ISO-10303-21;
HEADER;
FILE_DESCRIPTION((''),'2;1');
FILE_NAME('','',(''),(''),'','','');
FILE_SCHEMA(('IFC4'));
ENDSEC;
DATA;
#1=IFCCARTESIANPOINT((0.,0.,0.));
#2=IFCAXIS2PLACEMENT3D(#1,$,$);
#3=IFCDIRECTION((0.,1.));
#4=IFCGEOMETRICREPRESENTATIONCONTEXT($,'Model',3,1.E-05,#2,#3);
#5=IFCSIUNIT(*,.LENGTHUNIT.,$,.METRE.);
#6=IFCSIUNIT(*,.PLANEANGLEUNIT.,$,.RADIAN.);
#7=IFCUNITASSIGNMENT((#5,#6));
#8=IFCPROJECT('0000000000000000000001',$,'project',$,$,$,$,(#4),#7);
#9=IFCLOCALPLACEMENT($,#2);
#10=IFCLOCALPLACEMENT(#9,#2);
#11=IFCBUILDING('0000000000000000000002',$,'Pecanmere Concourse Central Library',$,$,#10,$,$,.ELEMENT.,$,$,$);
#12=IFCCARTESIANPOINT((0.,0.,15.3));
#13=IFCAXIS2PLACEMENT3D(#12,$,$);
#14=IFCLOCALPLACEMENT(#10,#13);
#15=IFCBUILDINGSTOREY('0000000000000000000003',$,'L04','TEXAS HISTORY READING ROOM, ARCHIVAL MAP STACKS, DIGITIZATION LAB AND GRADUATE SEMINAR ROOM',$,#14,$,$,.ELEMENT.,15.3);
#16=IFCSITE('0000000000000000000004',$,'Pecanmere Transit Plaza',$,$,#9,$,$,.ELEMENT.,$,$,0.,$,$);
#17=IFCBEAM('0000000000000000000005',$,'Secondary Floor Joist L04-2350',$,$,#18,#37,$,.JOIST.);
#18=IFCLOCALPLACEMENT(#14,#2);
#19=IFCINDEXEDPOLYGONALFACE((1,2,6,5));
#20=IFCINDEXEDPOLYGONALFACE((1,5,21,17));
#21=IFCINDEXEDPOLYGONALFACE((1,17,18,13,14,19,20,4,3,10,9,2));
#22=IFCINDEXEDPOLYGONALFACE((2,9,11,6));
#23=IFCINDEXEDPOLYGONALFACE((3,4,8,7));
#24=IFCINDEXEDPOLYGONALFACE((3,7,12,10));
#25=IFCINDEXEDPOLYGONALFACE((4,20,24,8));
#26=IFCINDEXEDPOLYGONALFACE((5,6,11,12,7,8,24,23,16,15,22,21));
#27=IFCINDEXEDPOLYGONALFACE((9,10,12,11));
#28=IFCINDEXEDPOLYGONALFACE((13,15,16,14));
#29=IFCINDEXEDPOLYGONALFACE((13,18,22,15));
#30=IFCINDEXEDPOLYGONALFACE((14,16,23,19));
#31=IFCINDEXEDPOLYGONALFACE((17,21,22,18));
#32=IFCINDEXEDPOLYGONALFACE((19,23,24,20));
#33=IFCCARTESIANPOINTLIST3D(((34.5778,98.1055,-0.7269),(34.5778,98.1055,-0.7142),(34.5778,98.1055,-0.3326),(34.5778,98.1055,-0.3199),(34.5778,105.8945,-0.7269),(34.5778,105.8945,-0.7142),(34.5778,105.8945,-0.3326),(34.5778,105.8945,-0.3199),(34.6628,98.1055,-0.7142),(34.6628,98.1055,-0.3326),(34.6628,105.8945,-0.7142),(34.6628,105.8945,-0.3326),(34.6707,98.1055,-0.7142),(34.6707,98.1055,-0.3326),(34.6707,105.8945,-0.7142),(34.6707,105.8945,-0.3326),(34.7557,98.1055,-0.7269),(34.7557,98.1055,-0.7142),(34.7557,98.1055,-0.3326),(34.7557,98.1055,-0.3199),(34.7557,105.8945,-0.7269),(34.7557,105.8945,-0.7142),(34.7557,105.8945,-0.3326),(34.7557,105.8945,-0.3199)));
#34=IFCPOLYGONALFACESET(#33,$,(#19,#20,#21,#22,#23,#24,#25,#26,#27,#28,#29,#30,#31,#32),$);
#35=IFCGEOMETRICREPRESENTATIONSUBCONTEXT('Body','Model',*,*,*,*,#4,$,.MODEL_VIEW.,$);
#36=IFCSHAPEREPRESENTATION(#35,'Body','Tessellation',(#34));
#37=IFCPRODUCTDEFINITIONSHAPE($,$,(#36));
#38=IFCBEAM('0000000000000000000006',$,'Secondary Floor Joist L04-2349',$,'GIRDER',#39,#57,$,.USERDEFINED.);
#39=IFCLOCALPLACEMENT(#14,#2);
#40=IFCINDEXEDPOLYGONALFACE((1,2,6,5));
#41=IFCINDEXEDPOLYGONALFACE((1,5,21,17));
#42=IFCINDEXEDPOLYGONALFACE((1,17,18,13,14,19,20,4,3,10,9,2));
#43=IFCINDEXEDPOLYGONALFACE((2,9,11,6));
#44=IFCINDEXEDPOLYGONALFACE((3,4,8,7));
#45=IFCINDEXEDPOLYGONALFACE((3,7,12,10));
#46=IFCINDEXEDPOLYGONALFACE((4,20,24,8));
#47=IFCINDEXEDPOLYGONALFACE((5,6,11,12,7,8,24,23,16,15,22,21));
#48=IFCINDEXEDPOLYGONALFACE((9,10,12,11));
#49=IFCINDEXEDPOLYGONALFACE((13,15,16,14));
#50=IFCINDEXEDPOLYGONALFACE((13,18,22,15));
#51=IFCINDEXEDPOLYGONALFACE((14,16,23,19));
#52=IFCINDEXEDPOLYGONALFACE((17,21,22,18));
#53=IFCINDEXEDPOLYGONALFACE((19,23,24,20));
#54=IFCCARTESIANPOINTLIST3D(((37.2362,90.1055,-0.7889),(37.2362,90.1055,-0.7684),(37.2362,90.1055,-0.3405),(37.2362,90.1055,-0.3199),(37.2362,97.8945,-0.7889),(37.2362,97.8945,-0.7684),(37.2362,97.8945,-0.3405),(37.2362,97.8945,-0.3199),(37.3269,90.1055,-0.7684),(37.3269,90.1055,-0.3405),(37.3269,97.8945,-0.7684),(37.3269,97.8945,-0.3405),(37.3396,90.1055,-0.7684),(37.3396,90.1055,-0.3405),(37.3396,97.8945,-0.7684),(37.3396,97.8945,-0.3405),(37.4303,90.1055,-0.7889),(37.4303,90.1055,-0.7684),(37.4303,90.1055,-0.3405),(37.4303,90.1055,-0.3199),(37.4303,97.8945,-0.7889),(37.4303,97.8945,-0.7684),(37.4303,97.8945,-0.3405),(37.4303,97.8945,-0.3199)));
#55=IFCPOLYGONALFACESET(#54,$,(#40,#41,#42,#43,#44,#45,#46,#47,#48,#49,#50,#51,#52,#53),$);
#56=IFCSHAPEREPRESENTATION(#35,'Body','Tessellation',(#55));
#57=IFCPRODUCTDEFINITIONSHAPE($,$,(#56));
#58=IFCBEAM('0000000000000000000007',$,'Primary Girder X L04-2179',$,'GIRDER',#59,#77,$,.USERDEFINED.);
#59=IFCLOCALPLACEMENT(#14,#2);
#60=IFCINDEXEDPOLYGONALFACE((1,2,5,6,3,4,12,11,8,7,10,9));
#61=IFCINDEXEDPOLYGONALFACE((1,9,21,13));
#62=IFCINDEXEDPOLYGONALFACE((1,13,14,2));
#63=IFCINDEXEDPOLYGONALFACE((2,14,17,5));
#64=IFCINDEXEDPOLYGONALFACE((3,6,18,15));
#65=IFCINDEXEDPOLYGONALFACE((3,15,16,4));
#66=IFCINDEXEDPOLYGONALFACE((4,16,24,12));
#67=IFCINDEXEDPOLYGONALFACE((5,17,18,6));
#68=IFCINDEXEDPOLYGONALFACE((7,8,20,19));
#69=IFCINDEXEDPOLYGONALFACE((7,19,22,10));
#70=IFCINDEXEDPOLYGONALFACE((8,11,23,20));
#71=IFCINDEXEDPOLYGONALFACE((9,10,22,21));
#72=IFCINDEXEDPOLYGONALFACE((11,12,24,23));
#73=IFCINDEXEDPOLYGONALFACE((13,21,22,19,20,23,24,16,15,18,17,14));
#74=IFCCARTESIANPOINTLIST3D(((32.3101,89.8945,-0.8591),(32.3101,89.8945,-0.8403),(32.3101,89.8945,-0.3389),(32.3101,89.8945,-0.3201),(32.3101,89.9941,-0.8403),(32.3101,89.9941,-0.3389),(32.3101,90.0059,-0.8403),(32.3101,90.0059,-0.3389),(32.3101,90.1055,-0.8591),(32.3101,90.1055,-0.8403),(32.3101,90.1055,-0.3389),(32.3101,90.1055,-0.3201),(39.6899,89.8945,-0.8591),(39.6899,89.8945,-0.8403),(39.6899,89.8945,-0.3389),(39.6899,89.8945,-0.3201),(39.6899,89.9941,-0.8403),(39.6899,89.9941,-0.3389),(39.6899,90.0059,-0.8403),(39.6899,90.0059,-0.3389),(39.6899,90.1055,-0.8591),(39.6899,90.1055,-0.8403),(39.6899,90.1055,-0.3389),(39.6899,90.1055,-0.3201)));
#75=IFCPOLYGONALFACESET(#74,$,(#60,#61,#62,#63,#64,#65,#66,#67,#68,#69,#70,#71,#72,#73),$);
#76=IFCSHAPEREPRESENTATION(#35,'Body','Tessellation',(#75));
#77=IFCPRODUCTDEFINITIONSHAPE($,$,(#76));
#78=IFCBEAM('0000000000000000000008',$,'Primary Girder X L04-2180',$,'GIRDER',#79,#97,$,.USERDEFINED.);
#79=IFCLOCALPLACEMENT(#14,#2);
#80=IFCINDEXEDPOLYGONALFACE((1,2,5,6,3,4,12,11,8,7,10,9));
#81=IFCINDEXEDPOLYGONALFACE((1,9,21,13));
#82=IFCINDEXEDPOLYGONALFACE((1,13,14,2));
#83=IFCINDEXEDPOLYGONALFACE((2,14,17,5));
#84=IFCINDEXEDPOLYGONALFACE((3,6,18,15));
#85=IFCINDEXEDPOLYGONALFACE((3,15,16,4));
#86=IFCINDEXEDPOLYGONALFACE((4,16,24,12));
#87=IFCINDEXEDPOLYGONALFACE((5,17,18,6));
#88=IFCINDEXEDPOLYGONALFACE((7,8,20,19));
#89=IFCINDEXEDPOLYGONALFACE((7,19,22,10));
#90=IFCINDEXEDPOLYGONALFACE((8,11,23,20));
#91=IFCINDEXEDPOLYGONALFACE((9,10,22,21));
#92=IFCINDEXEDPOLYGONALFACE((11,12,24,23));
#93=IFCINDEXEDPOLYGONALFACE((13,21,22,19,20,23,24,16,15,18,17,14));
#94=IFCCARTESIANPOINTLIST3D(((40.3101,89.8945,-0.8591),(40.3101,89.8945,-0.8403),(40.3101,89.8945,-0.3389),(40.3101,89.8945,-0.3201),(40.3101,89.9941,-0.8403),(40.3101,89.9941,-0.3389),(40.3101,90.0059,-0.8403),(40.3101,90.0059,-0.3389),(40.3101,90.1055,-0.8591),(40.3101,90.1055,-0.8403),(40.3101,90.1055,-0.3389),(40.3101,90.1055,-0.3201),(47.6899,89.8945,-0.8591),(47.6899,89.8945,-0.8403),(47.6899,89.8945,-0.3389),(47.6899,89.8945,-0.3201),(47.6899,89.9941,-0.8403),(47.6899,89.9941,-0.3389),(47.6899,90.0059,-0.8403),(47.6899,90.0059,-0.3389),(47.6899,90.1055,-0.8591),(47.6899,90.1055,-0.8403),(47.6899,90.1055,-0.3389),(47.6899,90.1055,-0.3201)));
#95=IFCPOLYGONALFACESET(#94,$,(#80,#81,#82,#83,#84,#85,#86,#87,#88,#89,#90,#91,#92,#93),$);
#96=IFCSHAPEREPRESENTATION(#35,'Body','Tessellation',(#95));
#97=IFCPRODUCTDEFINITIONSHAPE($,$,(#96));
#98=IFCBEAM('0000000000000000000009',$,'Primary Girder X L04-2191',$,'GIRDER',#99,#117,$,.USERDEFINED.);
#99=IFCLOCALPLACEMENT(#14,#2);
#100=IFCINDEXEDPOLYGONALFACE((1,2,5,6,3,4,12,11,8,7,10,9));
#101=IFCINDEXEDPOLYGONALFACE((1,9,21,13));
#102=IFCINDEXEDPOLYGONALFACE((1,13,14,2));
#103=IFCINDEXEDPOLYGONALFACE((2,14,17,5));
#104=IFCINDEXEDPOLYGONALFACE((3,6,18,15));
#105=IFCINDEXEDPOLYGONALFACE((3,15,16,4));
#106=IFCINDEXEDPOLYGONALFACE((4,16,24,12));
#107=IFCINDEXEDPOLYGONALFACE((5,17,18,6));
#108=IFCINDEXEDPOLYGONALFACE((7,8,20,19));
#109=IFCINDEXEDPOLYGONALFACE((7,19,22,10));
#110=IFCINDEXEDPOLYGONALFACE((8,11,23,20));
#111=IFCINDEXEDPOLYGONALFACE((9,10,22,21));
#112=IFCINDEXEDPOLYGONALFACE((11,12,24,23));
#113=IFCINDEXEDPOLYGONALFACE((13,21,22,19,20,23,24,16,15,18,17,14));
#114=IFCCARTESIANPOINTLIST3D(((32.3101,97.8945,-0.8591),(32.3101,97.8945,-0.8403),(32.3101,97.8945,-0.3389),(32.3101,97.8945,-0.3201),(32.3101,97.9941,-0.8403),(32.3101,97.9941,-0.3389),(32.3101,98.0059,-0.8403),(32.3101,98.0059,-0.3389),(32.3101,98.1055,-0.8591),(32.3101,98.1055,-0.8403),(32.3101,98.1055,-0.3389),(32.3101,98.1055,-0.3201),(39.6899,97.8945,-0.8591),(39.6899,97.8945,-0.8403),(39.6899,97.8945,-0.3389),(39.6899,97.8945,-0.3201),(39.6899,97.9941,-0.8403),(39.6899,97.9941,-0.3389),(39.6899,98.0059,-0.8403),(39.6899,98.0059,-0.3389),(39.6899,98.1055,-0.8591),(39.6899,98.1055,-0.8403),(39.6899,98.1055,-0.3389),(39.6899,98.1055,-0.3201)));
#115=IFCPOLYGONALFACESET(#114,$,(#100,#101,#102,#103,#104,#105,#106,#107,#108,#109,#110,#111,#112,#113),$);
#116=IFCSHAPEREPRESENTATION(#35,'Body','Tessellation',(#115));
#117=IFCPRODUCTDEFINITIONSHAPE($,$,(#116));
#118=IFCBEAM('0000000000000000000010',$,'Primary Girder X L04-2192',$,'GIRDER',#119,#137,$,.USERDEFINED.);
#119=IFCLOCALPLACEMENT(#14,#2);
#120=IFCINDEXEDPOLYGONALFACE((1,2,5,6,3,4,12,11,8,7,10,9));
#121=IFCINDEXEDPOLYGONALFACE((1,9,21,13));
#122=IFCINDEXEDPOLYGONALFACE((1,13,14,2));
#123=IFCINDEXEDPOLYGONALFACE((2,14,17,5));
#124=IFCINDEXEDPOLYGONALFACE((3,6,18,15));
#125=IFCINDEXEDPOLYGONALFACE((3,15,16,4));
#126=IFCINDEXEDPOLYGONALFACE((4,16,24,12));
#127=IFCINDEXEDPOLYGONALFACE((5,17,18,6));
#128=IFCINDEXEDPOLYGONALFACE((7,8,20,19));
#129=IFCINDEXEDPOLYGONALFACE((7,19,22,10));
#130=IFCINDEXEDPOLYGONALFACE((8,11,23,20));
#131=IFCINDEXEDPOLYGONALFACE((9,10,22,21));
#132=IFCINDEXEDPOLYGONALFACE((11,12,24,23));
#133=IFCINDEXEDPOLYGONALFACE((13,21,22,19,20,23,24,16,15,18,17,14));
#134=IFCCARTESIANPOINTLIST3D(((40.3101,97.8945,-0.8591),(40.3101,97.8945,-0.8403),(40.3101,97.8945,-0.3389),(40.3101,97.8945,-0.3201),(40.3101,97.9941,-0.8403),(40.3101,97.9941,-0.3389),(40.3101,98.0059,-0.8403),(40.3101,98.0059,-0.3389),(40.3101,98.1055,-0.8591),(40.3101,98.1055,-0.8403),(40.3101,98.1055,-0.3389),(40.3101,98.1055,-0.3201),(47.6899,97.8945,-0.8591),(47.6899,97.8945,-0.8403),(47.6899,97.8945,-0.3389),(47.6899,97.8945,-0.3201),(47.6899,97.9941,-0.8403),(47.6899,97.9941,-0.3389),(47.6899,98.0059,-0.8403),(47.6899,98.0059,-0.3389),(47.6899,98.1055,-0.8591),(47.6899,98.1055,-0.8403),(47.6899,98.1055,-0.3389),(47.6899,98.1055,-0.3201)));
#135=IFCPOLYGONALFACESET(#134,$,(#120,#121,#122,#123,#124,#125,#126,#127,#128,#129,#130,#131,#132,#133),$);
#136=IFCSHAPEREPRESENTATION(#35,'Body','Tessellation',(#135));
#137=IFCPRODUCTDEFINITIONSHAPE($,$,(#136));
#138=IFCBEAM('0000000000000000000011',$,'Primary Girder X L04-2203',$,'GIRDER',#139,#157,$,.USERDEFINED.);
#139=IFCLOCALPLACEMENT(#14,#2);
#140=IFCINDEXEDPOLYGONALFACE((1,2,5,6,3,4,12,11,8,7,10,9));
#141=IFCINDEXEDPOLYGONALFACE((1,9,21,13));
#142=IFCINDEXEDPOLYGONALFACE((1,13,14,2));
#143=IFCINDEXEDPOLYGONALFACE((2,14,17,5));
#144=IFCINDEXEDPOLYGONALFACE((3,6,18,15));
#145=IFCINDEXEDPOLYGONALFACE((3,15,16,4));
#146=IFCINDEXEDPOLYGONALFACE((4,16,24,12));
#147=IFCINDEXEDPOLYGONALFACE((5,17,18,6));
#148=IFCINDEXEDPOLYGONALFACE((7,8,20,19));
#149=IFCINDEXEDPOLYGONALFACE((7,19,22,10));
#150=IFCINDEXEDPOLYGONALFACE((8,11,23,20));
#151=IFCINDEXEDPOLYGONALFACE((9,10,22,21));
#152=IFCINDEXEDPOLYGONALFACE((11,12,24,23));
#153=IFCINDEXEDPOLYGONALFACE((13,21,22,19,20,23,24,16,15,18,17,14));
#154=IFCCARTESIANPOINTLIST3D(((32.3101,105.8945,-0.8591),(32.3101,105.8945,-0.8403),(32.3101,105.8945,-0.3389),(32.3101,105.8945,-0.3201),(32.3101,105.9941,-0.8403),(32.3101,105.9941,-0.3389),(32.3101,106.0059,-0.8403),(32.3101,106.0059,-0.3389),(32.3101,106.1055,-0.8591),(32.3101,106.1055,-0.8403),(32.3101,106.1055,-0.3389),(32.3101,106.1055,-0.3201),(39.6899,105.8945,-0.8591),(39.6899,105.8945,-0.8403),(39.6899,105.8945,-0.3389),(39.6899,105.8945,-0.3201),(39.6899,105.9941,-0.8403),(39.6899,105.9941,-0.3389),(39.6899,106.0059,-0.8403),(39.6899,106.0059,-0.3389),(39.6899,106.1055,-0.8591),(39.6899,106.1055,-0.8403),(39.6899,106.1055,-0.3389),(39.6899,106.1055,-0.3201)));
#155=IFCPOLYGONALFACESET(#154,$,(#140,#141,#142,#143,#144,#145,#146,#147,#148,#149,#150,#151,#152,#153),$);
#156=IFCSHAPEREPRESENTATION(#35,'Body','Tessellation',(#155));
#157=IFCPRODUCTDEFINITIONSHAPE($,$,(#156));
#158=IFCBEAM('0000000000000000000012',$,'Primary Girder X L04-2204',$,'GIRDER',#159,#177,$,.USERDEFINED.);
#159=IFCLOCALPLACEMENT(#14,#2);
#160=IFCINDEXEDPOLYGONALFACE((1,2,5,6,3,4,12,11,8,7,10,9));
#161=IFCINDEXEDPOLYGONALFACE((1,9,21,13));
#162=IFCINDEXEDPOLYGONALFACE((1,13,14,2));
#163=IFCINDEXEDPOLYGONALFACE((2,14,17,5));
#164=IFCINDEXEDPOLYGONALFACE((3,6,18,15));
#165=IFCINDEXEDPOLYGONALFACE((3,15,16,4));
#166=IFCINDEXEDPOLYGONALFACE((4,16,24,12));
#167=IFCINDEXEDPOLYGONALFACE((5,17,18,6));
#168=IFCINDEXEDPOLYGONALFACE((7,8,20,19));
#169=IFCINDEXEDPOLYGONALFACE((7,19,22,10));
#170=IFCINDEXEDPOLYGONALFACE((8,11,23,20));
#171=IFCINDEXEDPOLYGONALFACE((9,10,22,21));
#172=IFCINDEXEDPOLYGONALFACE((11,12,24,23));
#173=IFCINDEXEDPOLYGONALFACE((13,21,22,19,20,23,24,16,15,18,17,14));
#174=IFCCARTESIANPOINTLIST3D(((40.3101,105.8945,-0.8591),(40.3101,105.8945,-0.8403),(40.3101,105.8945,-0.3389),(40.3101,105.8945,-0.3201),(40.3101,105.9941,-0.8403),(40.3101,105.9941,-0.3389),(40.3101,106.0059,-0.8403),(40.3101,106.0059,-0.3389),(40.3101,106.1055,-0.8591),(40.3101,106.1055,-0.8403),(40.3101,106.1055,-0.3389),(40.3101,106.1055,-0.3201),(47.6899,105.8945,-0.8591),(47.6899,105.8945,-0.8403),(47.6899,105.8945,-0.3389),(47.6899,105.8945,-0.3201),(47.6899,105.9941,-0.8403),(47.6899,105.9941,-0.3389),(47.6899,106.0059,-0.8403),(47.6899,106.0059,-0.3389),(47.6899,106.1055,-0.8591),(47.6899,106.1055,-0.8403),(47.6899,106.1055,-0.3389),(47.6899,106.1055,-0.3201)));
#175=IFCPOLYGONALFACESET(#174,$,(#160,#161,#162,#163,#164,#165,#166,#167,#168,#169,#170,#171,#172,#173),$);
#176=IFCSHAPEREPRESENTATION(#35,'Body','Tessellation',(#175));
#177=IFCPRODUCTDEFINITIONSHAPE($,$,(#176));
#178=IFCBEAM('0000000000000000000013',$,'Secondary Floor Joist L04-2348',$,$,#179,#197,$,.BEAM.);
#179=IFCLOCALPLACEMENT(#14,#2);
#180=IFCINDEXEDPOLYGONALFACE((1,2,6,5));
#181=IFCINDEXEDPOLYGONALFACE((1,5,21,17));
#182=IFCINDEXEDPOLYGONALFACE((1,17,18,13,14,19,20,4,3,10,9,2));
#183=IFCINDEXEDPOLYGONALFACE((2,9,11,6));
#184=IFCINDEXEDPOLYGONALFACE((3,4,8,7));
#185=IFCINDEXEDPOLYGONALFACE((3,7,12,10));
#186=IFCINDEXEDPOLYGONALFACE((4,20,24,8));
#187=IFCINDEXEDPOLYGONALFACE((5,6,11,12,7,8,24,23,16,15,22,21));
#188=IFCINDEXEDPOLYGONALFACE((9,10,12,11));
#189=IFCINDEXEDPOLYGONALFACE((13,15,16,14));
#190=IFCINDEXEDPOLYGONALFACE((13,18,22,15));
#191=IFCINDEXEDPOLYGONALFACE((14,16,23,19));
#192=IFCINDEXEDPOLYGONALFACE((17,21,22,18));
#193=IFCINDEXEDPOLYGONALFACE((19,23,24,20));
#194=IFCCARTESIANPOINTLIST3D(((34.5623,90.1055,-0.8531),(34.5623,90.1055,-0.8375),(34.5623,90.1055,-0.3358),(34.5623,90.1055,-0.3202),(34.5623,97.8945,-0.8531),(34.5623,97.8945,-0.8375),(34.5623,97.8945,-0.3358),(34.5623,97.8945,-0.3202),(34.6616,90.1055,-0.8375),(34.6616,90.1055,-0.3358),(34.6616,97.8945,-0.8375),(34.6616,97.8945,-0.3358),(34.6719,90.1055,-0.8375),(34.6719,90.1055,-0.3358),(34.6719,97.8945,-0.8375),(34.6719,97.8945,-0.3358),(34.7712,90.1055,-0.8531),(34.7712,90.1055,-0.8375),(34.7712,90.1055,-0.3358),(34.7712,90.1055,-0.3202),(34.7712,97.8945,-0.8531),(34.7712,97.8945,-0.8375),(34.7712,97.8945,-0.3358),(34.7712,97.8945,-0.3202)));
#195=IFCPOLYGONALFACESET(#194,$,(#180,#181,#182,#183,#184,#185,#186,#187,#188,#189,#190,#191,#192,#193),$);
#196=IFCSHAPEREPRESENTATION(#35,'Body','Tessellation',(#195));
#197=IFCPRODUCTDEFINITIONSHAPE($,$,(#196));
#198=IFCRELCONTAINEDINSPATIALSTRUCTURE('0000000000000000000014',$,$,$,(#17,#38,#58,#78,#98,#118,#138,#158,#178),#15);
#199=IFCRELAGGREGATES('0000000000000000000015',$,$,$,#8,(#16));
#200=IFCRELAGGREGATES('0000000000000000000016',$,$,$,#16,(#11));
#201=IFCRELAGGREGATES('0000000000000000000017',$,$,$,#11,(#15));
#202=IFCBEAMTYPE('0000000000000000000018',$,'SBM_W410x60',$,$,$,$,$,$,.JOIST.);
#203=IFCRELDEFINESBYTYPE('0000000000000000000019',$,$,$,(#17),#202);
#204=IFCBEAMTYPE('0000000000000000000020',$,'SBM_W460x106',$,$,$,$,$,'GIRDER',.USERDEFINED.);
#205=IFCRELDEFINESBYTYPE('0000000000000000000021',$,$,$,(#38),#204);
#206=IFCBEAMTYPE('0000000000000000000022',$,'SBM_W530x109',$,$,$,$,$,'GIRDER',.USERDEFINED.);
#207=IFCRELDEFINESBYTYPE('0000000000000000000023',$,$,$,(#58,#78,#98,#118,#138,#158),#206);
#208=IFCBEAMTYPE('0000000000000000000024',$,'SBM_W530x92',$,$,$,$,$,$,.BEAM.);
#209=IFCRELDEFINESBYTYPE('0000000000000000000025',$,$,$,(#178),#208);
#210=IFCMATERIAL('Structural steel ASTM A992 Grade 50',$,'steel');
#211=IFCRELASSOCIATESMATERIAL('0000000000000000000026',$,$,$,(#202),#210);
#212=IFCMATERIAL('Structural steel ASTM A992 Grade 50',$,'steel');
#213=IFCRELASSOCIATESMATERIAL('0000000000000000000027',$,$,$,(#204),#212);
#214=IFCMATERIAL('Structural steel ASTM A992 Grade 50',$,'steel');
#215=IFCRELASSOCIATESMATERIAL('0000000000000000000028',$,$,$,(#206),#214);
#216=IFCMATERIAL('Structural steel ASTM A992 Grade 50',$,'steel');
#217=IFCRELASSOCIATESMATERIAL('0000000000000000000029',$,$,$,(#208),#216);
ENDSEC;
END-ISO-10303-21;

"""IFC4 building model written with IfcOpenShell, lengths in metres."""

from ifc_helpers import new_model, si_unit, direction, frame, origin, origin_2d, place, context, subcontext, project, spatial, i_section, extrude, material, material_profile, profile_set, type_object, element, save


model = new_model("IFC4")

# Units and contexts
model_context = context("Model", 3, precision=1e-05, world=origin(), true_north=direction((0.0, 1.0)))
body_context = subcontext(model_context, "Body", "Model", "MODEL_VIEW")
ifc_project = project(units=[si_unit("LENGTHUNIT", "METRE"), si_unit("PLANEANGLEUNIT", "RADIAN")], contexts=[model_context])

# Site, building, storey
site_placement = place(None, origin())
site = spatial("IfcSite", under=ifc_project, at=site_placement, Name="Pecanmere Transit Plaza", CompositionType="ELEMENT", RefElevation=0.0)
building_placement = place(site_placement, origin())
building = spatial("IfcBuilding", under=site, at=building_placement, Name="Pecanmere Concourse Central Library", CompositionType="ELEMENT")
storey_placement = place(building_placement, frame((0.0, 0.0, 15.3)))
storey = spatial("IfcBuildingStorey", under=building, at=storey_placement, Name="L04", Description="TEXAS HISTORY READING ROOM, ARCHIVAL MAP STACKS, DIGITIZATION LAB AND GRADUATE SEMINAR ROOM", CompositionType="ELEMENT", Elevation=15.3)

# Beams
ifc_material_1 = material(Name="Structural steel ASTM A992 Grade 50", Category="steel")
ifc_material_profile_1 = material_profile(ifc_material_1, i_section(OverallWidth=0.178, OverallDepth=0.407, WebThickness=0.0078, FlangeThickness=0.0127, at=origin_2d()), Name="W410x60")
ifc_profile_set_1 = profile_set([ifc_material_profile_1], Name="Structural steel ASTM A992 Grade 50")
beam_type_1 = type_object("IfcBeamType", Name="SBM_W410x60", PredefinedType="JOIST", material=ifc_profile_set_1)
beam_1_placement = place(storey_placement, frame((34.6667, 98.1055, -0.5234), z_axis=(0.0, 1.0, 0.0), x_axis=(-1.0, 0.0, 0.0)))
element("IfcBeam", 1, at=beam_1_placement, inside=storey, type_object=beam_type_1, Name="Secondary Floor Joist L04-2350", PredefinedType="JOIST", context=body_context, shape_type="SweptSolid", body=[
    extrude(i_section(OverallWidth=0.178, OverallDepth=0.407, WebThickness=0.0078, FlangeThickness=0.0127, at=origin_2d()), origin(), (0.0, 0.0, 1.0), 7.7891),
])
ifc_material_2 = material(Name="Structural steel ASTM A992 Grade 50", Category="steel")
ifc_material_profile_2 = material_profile(ifc_material_2, i_section(OverallWidth=0.1941, OverallDepth=0.469, WebThickness=0.0127, FlangeThickness=0.0205, at=origin_2d()), Name="W460x106")
ifc_profile_set_2 = profile_set([ifc_material_profile_2], Name="Structural steel ASTM A992 Grade 50")
beam_type_2 = type_object("IfcBeamType", Name="SBM_W460x106", ElementType="GIRDER", PredefinedType="USERDEFINED", material=ifc_profile_set_2)
beam_2_placement = place(storey_placement, frame((37.3333, 90.1055, -0.5544), z_axis=(0.0, 1.0, 0.0), x_axis=(-1.0, 0.0, 0.0)))
element("IfcBeam", 2, at=beam_2_placement, inside=storey, type_object=beam_type_2, Name="Secondary Floor Joist L04-2349", ObjectType="GIRDER", PredefinedType="USERDEFINED", context=body_context, shape_type="SweptSolid", body=[
    extrude(i_section(OverallWidth=0.1941, OverallDepth=0.469, WebThickness=0.0127, FlangeThickness=0.0205, at=origin_2d()), origin(), (0.0, 0.0, 1.0), 7.7891),
])
ifc_material_3 = material(Name="Structural steel ASTM A992 Grade 50", Category="steel")
ifc_material_profile_3 = material_profile(ifc_material_3, i_section(OverallWidth=0.2109, OverallDepth=0.5391, WebThickness=0.0117, FlangeThickness=0.0188, at=origin_2d()), Name="W530x109")
ifc_profile_set_3 = profile_set([ifc_material_profile_3], Name="Structural steel ASTM A992 Grade 50")
beam_type_3 = type_object("IfcBeamType", Name="SBM_W530x109", ElementType="GIRDER", PredefinedType="USERDEFINED", material=ifc_profile_set_3)
for number, where, z_axis, x_axis, name in (
    (3, (32.3101, 90.0, -0.5896), (1.0, 0.0, 0.0), (0.0, 1.0, 0.0), "Primary Girder X L04-2179"),
    (4, (40.3101, 90.0, -0.5896), (1.0, 0.0, 0.0), (0.0, 1.0, 0.0), "Primary Girder X L04-2180"),
    (5, (32.3101, 98.0, -0.5896), (1.0, 0.0, 0.0), (0.0, 1.0, 0.0), "Primary Girder X L04-2191"),
    (6, (40.3101, 98.0, -0.5896), (1.0, 0.0, 0.0), (0.0, 1.0, 0.0), "Primary Girder X L04-2192"),
    (7, (32.3101, 106.0, -0.5896), (1.0, 0.0, 0.0), (0.0, 1.0, 0.0), "Primary Girder X L04-2203"),
    (8, (40.3101, 106.0, -0.5896), (1.0, 0.0, 0.0), (0.0, 1.0, 0.0), "Primary Girder X L04-2204"),
):
    element("IfcBeam", number, at=place(storey_placement, frame(where, z_axis=z_axis, x_axis=x_axis)), inside=storey, type_object=beam_type_3, Name=name, ObjectType="GIRDER", PredefinedType="USERDEFINED", context=body_context, shape_type="SweptSolid", body=[
        extrude(i_section(OverallWidth=0.2109, OverallDepth=0.5391, WebThickness=0.0117, FlangeThickness=0.0188, at=origin_2d()), origin(), (0.0, 0.0, 1.0), 7.3799),
    ])
ifc_material_4 = material(Name="Structural steel ASTM A992 Grade 50", Category="steel")
ifc_material_profile_4 = material_profile(ifc_material_4, i_section(OverallWidth=0.209, OverallDepth=0.533, WebThickness=0.0103, FlangeThickness=0.0156, at=origin_2d()), Name="W530x92")
ifc_profile_set_4 = profile_set([ifc_material_profile_4], Name="Structural steel ASTM A992 Grade 50")
beam_type_4 = type_object("IfcBeamType", Name="SBM_W530x92", PredefinedType="BEAM", material=ifc_profile_set_4)
beam_3_placement = place(storey_placement, frame((34.6667, 90.1055, -0.5867), z_axis=(0.0, 1.0, 0.0), x_axis=(-1.0, 0.0, 0.0)))
element("IfcBeam", 9, at=beam_3_placement, inside=storey, type_object=beam_type_4, Name="Secondary Floor Joist L04-2348", PredefinedType="BEAM", context=body_context, shape_type="SweptSolid", body=[
    extrude(i_section(OverallWidth=0.209, OverallDepth=0.533, WebThickness=0.0103, FlangeThickness=0.0156, at=origin_2d()), origin(), (0.0, 0.0, 1.0), 7.7891),
])

save(model, "model.ifc")
